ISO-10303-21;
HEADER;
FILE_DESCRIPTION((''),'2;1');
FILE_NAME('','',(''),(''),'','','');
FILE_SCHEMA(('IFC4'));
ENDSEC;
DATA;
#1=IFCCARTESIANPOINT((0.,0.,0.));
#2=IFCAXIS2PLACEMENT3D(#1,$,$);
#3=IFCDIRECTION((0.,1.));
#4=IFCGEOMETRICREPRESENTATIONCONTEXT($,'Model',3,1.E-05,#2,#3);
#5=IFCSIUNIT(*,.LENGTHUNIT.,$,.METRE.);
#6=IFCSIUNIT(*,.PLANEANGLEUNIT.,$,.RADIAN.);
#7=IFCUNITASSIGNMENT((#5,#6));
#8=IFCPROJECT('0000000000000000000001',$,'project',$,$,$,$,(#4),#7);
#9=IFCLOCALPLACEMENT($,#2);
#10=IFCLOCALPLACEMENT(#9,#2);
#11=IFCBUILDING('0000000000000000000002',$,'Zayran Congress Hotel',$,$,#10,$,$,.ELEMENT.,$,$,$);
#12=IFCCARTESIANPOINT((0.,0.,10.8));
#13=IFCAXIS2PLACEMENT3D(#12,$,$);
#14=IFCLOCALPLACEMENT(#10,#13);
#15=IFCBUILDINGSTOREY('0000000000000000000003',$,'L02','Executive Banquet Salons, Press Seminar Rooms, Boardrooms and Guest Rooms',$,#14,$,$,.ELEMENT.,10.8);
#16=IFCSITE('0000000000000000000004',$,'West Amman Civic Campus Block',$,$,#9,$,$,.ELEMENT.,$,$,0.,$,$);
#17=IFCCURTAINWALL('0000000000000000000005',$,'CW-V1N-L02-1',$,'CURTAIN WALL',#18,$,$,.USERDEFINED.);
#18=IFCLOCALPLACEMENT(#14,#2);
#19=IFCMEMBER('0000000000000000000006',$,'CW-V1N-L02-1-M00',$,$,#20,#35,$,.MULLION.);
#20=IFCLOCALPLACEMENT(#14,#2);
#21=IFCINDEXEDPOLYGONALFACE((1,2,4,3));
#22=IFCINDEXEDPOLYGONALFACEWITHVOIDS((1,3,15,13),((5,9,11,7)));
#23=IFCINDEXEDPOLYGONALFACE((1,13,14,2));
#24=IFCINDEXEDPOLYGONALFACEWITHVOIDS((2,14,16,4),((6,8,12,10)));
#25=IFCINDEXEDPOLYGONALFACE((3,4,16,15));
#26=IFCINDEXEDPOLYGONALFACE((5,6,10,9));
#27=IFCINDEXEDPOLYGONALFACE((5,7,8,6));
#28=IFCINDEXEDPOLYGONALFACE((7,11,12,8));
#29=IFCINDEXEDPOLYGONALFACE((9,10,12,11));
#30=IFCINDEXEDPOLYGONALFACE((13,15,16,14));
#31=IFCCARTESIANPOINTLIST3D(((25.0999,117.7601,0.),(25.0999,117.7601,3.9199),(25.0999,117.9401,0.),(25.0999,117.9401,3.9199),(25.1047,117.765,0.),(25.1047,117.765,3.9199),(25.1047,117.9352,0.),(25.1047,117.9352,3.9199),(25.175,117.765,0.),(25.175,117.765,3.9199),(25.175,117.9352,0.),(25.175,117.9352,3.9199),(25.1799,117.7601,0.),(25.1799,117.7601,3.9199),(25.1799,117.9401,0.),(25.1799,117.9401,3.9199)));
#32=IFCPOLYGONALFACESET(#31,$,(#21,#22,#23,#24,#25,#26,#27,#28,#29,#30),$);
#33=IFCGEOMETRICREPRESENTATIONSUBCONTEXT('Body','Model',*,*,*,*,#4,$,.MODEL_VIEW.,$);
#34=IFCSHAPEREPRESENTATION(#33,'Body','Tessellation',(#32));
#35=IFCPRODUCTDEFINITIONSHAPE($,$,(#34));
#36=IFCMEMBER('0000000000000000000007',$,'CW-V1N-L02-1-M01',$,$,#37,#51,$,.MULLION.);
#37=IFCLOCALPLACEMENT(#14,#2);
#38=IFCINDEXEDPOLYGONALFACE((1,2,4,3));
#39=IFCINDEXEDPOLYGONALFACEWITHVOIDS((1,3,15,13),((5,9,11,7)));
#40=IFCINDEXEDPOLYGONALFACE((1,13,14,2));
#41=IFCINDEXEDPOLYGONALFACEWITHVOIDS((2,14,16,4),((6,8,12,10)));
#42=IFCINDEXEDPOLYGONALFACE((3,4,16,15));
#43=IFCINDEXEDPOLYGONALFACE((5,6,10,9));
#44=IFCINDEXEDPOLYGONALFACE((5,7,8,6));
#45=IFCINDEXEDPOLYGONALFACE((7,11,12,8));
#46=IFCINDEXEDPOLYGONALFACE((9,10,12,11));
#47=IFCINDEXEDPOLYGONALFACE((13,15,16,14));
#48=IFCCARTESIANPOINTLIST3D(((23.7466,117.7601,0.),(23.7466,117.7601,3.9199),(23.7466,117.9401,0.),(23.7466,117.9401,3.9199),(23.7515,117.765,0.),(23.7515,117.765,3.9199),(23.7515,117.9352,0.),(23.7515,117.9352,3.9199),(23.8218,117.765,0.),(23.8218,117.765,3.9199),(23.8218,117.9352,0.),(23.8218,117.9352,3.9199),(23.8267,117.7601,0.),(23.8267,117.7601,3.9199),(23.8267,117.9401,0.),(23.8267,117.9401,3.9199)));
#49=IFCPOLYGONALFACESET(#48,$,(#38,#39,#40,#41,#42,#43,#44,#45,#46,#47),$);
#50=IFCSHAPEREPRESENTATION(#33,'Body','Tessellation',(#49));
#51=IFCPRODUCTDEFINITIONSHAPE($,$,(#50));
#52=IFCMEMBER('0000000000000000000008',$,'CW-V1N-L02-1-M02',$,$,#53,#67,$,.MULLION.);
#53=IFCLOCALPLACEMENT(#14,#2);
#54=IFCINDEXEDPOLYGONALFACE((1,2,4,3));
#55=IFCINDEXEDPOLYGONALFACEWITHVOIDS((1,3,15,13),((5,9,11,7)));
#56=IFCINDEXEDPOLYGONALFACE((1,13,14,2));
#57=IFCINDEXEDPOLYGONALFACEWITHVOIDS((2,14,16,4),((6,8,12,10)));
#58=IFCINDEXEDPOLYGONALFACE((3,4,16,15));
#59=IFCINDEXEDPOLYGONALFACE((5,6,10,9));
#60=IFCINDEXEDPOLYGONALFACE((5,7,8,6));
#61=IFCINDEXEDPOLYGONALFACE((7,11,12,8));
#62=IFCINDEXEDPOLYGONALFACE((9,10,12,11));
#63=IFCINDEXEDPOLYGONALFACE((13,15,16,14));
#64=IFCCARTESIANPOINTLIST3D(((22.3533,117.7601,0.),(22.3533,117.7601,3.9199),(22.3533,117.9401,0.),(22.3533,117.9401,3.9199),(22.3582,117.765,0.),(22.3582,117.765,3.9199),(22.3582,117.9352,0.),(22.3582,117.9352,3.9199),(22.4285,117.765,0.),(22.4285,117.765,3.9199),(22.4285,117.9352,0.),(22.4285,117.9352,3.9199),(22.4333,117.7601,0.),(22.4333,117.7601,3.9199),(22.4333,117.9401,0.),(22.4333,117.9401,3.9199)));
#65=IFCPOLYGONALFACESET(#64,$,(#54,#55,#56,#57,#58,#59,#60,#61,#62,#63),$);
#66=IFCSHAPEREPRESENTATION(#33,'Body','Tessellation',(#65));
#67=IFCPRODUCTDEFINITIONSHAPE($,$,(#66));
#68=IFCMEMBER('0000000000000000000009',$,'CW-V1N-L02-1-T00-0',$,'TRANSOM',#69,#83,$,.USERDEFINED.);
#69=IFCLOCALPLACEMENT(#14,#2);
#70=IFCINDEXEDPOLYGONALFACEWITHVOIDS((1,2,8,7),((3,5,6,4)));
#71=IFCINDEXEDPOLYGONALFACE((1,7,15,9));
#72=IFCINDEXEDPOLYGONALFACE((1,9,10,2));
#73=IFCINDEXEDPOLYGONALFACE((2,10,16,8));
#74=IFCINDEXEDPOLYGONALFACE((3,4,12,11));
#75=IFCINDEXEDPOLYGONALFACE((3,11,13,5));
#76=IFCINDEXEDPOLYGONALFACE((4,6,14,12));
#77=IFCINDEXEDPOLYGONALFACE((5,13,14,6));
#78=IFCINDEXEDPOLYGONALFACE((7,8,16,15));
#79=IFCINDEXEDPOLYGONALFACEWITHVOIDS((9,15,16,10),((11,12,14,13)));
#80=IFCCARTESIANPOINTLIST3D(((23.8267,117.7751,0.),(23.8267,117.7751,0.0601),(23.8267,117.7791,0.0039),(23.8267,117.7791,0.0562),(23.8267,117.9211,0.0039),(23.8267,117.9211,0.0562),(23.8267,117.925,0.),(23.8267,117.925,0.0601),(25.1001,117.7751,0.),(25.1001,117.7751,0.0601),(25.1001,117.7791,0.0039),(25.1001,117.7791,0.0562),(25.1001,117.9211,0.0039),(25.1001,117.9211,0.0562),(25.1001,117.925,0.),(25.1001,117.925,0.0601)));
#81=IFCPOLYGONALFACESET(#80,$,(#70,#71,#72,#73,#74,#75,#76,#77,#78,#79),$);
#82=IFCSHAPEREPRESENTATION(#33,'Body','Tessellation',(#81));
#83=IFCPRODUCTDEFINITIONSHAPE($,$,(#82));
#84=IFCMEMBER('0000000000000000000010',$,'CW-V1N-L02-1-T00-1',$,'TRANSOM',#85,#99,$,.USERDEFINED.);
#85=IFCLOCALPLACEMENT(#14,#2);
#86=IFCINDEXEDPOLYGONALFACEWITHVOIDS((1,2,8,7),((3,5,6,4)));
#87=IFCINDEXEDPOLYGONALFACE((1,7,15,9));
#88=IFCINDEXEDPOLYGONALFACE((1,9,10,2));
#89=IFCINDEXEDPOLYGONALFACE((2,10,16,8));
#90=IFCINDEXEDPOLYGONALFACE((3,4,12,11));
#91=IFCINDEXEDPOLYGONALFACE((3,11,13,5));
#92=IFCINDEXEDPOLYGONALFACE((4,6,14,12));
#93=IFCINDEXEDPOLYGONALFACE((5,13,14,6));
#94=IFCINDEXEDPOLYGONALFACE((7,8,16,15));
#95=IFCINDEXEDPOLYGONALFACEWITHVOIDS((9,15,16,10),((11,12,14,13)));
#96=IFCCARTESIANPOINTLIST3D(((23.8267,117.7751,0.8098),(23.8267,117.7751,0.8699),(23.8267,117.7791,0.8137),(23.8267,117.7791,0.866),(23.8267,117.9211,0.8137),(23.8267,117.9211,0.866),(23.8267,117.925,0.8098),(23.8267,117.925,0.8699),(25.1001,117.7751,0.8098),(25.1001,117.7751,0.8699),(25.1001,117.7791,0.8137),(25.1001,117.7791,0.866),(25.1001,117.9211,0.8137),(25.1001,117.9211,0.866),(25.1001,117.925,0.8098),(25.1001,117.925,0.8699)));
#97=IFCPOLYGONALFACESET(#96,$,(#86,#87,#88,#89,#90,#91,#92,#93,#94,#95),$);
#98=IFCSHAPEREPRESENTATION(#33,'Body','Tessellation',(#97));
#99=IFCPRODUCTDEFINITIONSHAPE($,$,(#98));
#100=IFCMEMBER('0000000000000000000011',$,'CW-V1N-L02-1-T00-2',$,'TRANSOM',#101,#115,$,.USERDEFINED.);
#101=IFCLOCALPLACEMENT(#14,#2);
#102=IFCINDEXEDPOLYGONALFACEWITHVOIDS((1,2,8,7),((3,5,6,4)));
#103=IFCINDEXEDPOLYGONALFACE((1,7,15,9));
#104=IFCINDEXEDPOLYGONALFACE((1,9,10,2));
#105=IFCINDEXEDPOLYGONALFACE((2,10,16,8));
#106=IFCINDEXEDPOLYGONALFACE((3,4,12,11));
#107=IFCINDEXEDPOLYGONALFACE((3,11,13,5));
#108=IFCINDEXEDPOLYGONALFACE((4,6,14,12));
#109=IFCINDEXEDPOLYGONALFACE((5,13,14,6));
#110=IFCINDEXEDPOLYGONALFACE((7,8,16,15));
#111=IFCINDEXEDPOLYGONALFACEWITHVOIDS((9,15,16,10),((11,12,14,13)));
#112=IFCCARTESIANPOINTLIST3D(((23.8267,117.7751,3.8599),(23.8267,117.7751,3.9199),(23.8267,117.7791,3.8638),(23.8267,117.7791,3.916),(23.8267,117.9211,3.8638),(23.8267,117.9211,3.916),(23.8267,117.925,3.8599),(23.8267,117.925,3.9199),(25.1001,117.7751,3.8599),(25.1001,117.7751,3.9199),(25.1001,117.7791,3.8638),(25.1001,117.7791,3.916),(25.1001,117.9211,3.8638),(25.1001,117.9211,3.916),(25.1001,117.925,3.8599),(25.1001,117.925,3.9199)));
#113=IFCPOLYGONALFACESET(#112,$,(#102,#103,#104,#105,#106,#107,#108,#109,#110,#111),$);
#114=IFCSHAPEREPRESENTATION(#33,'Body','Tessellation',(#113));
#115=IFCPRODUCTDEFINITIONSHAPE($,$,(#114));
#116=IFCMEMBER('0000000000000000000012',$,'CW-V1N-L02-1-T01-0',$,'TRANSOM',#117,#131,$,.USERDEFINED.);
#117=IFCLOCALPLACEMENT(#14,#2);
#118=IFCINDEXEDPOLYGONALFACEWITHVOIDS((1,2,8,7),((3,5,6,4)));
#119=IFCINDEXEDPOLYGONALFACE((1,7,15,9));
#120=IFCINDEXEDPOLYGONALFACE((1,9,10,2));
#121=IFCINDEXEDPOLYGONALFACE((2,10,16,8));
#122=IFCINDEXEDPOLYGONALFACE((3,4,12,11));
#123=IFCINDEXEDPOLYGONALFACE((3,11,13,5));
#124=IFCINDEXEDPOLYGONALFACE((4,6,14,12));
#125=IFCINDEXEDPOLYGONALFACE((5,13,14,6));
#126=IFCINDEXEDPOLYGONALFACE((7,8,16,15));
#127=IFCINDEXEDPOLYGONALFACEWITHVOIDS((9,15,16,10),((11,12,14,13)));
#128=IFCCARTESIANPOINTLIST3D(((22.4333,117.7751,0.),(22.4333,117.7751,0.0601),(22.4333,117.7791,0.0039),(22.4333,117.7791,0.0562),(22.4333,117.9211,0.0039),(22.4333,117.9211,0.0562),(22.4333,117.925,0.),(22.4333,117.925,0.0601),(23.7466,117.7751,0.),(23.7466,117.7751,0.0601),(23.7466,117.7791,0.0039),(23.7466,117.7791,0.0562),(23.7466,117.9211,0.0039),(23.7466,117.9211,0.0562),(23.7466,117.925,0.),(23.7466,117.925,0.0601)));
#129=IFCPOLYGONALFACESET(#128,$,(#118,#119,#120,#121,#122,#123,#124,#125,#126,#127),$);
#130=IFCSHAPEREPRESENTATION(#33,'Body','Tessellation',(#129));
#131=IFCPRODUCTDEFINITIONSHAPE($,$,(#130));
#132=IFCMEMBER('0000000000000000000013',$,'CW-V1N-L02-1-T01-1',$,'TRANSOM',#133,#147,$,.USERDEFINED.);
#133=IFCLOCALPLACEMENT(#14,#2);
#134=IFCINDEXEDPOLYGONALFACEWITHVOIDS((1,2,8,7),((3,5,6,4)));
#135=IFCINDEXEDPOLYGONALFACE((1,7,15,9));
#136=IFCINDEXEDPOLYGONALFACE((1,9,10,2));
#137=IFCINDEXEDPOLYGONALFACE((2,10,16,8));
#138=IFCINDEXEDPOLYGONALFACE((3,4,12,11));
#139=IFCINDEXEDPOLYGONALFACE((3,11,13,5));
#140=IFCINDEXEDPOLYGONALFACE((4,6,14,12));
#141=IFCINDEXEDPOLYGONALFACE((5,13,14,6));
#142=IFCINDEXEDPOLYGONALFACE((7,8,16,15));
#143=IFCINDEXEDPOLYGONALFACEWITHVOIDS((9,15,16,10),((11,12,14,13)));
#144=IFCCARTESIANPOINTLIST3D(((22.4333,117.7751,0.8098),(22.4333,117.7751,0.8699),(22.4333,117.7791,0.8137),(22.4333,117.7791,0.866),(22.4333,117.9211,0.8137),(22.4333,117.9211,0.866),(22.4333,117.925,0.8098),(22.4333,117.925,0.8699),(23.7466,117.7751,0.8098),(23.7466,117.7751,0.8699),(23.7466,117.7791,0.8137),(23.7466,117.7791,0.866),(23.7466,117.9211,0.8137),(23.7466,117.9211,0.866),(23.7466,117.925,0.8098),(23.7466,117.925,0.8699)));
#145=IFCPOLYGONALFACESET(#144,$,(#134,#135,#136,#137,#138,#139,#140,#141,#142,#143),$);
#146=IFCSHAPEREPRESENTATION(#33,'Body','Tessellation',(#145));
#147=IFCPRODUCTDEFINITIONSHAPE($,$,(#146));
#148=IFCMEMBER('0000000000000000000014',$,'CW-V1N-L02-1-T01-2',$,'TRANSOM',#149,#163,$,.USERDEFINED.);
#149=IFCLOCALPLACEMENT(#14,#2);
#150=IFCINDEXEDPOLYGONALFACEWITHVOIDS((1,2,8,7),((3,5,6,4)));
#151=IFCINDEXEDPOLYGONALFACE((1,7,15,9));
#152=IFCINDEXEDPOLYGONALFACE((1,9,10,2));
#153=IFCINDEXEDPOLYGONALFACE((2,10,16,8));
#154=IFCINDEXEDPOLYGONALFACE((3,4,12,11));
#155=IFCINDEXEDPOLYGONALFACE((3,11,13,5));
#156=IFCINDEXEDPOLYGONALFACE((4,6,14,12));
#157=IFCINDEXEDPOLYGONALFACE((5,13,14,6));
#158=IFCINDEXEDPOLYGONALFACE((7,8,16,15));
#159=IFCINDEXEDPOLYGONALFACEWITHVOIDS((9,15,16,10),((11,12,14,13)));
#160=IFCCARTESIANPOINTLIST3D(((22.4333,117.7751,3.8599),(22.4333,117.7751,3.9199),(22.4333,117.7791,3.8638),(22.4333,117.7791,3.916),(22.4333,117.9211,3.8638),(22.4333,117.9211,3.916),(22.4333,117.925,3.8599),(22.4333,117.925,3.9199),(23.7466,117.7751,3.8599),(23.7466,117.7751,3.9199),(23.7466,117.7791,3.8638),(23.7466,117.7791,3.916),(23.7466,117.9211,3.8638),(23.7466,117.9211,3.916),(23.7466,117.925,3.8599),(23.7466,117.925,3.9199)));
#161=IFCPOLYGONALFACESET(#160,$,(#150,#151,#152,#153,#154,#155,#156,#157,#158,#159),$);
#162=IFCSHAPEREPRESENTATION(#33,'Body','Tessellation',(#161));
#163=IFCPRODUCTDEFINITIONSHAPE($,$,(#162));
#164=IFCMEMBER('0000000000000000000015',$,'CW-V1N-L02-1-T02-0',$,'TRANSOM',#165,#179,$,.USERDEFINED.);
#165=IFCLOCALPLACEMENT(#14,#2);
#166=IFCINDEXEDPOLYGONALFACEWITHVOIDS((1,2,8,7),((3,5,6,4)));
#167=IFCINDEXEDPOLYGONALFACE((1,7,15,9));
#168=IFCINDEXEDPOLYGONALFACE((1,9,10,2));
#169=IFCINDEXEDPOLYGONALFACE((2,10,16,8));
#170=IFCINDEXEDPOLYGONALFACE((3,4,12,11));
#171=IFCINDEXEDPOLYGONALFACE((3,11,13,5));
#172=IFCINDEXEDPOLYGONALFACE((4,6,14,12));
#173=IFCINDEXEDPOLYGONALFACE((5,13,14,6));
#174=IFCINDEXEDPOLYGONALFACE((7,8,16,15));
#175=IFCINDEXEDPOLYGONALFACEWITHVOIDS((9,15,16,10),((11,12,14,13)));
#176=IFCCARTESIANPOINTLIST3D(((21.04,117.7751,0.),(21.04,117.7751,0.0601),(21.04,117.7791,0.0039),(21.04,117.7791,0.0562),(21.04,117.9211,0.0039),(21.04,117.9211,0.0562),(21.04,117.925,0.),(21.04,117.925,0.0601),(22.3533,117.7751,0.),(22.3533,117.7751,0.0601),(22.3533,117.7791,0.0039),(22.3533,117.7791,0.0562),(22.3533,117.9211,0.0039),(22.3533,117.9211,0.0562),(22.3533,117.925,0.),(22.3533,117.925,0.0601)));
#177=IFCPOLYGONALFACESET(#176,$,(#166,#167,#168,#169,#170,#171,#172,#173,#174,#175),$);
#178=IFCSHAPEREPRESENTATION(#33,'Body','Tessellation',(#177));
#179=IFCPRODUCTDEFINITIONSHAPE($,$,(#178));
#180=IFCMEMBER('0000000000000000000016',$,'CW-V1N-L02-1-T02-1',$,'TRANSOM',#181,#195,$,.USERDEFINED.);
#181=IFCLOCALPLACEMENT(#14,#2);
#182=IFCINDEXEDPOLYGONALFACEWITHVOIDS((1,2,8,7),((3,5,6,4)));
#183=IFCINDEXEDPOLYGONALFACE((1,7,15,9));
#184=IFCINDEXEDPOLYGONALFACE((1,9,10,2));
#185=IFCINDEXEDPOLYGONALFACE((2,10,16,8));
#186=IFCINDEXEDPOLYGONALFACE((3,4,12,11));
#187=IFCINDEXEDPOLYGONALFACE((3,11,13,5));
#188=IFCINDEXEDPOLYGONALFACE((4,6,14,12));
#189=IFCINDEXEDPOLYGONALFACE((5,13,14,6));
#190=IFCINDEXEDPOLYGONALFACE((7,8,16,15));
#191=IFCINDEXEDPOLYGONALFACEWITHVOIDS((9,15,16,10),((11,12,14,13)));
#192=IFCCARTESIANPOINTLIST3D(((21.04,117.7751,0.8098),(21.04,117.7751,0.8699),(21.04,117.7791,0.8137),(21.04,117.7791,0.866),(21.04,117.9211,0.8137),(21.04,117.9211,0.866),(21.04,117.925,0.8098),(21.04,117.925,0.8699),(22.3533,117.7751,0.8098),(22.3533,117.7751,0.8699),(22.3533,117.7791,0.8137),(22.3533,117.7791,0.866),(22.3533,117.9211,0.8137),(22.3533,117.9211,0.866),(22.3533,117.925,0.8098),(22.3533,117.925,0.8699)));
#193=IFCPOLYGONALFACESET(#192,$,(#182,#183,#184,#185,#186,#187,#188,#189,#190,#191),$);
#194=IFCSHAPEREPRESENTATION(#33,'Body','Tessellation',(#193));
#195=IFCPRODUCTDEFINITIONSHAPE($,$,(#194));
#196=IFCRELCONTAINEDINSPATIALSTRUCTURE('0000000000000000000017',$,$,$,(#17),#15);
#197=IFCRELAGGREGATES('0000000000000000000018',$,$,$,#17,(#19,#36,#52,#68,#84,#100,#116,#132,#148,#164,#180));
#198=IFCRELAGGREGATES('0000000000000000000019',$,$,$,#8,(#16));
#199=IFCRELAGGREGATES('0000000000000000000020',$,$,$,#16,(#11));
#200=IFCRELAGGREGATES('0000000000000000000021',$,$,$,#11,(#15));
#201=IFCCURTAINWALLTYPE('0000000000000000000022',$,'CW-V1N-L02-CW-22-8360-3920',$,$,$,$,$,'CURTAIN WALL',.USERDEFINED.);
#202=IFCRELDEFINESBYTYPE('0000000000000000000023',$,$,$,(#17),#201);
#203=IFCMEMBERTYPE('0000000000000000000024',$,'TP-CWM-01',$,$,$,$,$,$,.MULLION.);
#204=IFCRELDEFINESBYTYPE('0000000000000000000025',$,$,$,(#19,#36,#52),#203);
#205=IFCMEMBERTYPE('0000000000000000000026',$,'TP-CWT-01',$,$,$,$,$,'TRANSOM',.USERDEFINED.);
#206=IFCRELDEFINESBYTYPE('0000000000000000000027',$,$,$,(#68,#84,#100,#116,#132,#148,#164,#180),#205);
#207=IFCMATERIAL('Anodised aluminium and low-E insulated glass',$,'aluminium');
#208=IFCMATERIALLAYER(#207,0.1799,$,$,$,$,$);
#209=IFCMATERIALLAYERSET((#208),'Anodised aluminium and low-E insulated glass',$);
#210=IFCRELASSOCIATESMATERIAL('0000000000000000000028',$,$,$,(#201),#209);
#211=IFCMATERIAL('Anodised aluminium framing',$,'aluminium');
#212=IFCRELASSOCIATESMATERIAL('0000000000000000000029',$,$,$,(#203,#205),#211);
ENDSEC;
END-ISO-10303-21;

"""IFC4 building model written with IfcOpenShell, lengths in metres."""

from ifc_helpers import new_model, si_unit, direction, frame, origin, origin_2d, place, context, subcontext, project, spatial, hollow_rectangle, extrude, material, layer, layer_set, material_profile, profile_set, type_object, element, aggregate, save


model = new_model("IFC4")

# Units and contexts
model_context = context("Model", 3, precision=1e-05, world=origin(), true_north=direction((0.0, 1.0)))
body_context = subcontext(model_context, "Body", "Model", "MODEL_VIEW")
ifc_project = project(units=[si_unit("LENGTHUNIT", "METRE"), si_unit("PLANEANGLEUNIT", "RADIAN")], contexts=[model_context])

# Site, building, storey
site_placement = place(None, origin())
site = spatial("IfcSite", under=ifc_project, at=site_placement, Name="West Amman Civic Campus Block", CompositionType="ELEMENT", RefElevation=0.0)
building_placement = place(site_placement, origin())
building = spatial("IfcBuilding", under=site, at=building_placement, Name="Zayran Congress Hotel", CompositionType="ELEMENT")
storey_placement = place(building_placement, frame((0.0, 0.0, 10.8)))
storey = spatial("IfcBuildingStorey", under=building, at=storey_placement, Name="L02", Description="Executive Banquet Salons, Press Seminar Rooms, Boardrooms and Guest Rooms", CompositionType="ELEMENT", Elevation=10.8)

# Curtain wall, members
ifc_material_1 = material(Name="Anodised aluminium and low-E insulated glass", Category="aluminium")
ifc_layer_1 = layer(ifc_material_1, 0.1799)
ifc_layer_set_1 = layer_set([ifc_layer_1], Name="Anodised aluminium and low-E insulated glass")
curtain_wall_type = type_object("IfcCurtainWallType", Name="CW-V1N-L02-CW-22-8360-3920", ElementType="CURTAIN WALL", PredefinedType="USERDEFINED", material=ifc_layer_set_1)
curtain_wall_placement = place(storey_placement, origin())
curtain_wall = element("IfcCurtainWall", 1, at=curtain_wall_placement, inside=storey, type_object=curtain_wall_type, Name="CW-V1N-L02-1", ObjectType="CURTAIN WALL", PredefinedType="USERDEFINED")
ifc_material_2 = material(Name="Anodised aluminium framing", Category="aluminium")
ifc_material_profile_1 = material_profile(ifc_material_2, hollow_rectangle(XDim=0.0801, YDim=0.1799, WallThickness=0.0049, at=origin_2d()), Name="RHS 180x80x5")
ifc_profile_set_1 = profile_set([ifc_material_profile_1], Name="Anodised aluminium framing")
member_type_1 = type_object("IfcMemberType", Name="TP-CWM-01", PredefinedType="MULLION", material=ifc_profile_set_1)
member_1_placement = place(storey_placement, frame((25.1399, 117.8501, 0.0), z_axis=(0.0, 0.0, 1.0), x_axis=(1.0, 0.0, 0.0)))
member_1 = element("IfcMember", 2, at=member_1_placement, type_object=member_type_1, Name="CW-V1N-L02-1-M00", PredefinedType="MULLION", context=body_context, shape_type="SweptSolid", body=[
    extrude(hollow_rectangle(XDim=0.0801, YDim=0.1799, WallThickness=0.0049, at=origin_2d()), origin(), (0.0, 0.0, 1.0), 3.9199),
])
member_2_placement = place(storey_placement, frame((23.7866, 117.8501, 0.0), z_axis=(0.0, 0.0, 1.0), x_axis=(1.0, 0.0, 0.0)))
member_2 = element("IfcMember", 3, at=member_2_placement, type_object=member_type_1, Name="CW-V1N-L02-1-M01", PredefinedType="MULLION", context=body_context, shape_type="SweptSolid", body=[
    extrude(hollow_rectangle(XDim=0.0801, YDim=0.1799, WallThickness=0.0049, at=origin_2d()), origin(), (0.0, 0.0, 1.0), 3.9199),
])
member_3_placement = place(storey_placement, frame((22.3933, 117.8501, 0.0), z_axis=(0.0, 0.0, 1.0), x_axis=(1.0, 0.0, 0.0)))
member_3 = element("IfcMember", 4, at=member_3_placement, type_object=member_type_1, Name="CW-V1N-L02-1-M02", PredefinedType="MULLION", context=body_context, shape_type="SweptSolid", body=[
    extrude(hollow_rectangle(XDim=0.0801, YDim=0.1799, WallThickness=0.0049, at=origin_2d()), origin(), (0.0, 0.0, 1.0), 3.9199),
])
ifc_material_profile_2 = material_profile(ifc_material_2, hollow_rectangle(XDim=0.0601, YDim=0.1499, WallThickness=0.0039, at=origin_2d()), Name="RHS 150x60x4")
ifc_profile_set_2 = profile_set([ifc_material_profile_2], Name="Anodised aluminium framing")
member_type_2 = type_object("IfcMemberType", Name="TP-CWT-01", ElementType="TRANSOM", PredefinedType="USERDEFINED", material=ifc_profile_set_2)
member_4_placement = place(storey_placement, frame((25.1001, 117.8501, 0.03), z_axis=(-1.0, 0.0, 0.0), x_axis=(0.0, 0.0, 1.0)))
member_4 = element("IfcMember", 5, at=member_4_placement, type_object=member_type_2, Name="CW-V1N-L02-1-T00-0", ObjectType="TRANSOM", PredefinedType="USERDEFINED", context=body_context, shape_type="SweptSolid", body=[
    extrude(hollow_rectangle(XDim=0.0601, YDim=0.1499, WallThickness=0.0039, at=origin_2d()), origin(), (0.0, 0.0, 1.0), 1.2734),
])
member_5_placement = place(storey_placement, frame((25.1001, 117.8501, 0.8398), z_axis=(-1.0, 0.0, 0.0), x_axis=(0.0, 0.0, 1.0)))
member_5 = element("IfcMember", 6, at=member_5_placement, type_object=member_type_2, Name="CW-V1N-L02-1-T00-1", ObjectType="TRANSOM", PredefinedType="USERDEFINED", context=body_context, shape_type="SweptSolid", body=[
    extrude(hollow_rectangle(XDim=0.0601, YDim=0.1499, WallThickness=0.0039, at=origin_2d()), origin(), (0.0, 0.0, 1.0), 1.2734),
])
member_6_placement = place(storey_placement, frame((25.1001, 117.8501, 3.8899), z_axis=(-1.0, 0.0, 0.0), x_axis=(0.0, 0.0, 1.0)))
member_6 = element("IfcMember", 7, at=member_6_placement, type_object=member_type_2, Name="CW-V1N-L02-1-T00-2", ObjectType="TRANSOM", PredefinedType="USERDEFINED", context=body_context, shape_type="SweptSolid", body=[
    extrude(hollow_rectangle(XDim=0.0601, YDim=0.1499, WallThickness=0.0039, at=origin_2d()), origin(), (0.0, 0.0, 1.0), 1.2734),
])
member_7_placement = place(storey_placement, frame((23.7466, 117.8501, 0.03), z_axis=(-1.0, 0.0, 0.0), x_axis=(0.0, 0.0, 1.0)))
member_7 = element("IfcMember", 8, at=member_7_placement, type_object=member_type_2, Name="CW-V1N-L02-1-T01-0", ObjectType="TRANSOM", PredefinedType="USERDEFINED", context=body_context, shape_type="SweptSolid", body=[
    extrude(hollow_rectangle(XDim=0.0601, YDim=0.1499, WallThickness=0.0039, at=origin_2d()), origin(), (0.0, 0.0, 1.0), 1.3132),
])
member_8_placement = place(storey_placement, frame((23.7466, 117.8501, 0.8398), z_axis=(-1.0, 0.0, 0.0), x_axis=(0.0, 0.0, 1.0)))
member_8 = element("IfcMember", 9, at=member_8_placement, type_object=member_type_2, Name="CW-V1N-L02-1-T01-1", ObjectType="TRANSOM", PredefinedType="USERDEFINED", context=body_context, shape_type="SweptSolid", body=[
    extrude(hollow_rectangle(XDim=0.0601, YDim=0.1499, WallThickness=0.0039, at=origin_2d()), origin(), (0.0, 0.0, 1.0), 1.3132),
])
member_9_placement = place(storey_placement, frame((23.7466, 117.8501, 3.8899), z_axis=(-1.0, 0.0, 0.0), x_axis=(0.0, 0.0, 1.0)))
member_9 = element("IfcMember", 10, at=member_9_placement, type_object=member_type_2, Name="CW-V1N-L02-1-T01-2", ObjectType="TRANSOM", PredefinedType="USERDEFINED", context=body_context, shape_type="SweptSolid", body=[
    extrude(hollow_rectangle(XDim=0.0601, YDim=0.1499, WallThickness=0.0039, at=origin_2d()), origin(), (0.0, 0.0, 1.0), 1.3132),
])
member_10_placement = place(storey_placement, frame((22.3533, 117.8501, 0.03), z_axis=(-1.0, 0.0, 0.0), x_axis=(0.0, 0.0, 1.0)))
member_10 = element("IfcMember", 11, at=member_10_placement, type_object=member_type_2, Name="CW-V1N-L02-1-T02-0", ObjectType="TRANSOM", PredefinedType="USERDEFINED", context=body_context, shape_type="SweptSolid", body=[
    extrude(hollow_rectangle(XDim=0.0601, YDim=0.1499, WallThickness=0.0039, at=origin_2d()), origin(), (0.0, 0.0, 1.0), 1.3132),
])
member_11_placement = place(storey_placement, frame((22.3533, 117.8501, 0.8398), z_axis=(-1.0, 0.0, 0.0), x_axis=(0.0, 0.0, 1.0)))
member_11 = element("IfcMember", 12, at=member_11_placement, type_object=member_type_2, Name="CW-V1N-L02-1-T02-1", ObjectType="TRANSOM", PredefinedType="USERDEFINED", context=body_context, shape_type="SweptSolid", body=[
    extrude(hollow_rectangle(XDim=0.0601, YDim=0.1499, WallThickness=0.0039, at=origin_2d()), origin(), (0.0, 0.0, 1.0), 1.3132),
])
aggregate(curtain_wall, [member_1, member_2, member_3, member_4, member_5, member_6, member_7, member_8, member_9, member_10, member_11])

save(model, "model.ifc")
